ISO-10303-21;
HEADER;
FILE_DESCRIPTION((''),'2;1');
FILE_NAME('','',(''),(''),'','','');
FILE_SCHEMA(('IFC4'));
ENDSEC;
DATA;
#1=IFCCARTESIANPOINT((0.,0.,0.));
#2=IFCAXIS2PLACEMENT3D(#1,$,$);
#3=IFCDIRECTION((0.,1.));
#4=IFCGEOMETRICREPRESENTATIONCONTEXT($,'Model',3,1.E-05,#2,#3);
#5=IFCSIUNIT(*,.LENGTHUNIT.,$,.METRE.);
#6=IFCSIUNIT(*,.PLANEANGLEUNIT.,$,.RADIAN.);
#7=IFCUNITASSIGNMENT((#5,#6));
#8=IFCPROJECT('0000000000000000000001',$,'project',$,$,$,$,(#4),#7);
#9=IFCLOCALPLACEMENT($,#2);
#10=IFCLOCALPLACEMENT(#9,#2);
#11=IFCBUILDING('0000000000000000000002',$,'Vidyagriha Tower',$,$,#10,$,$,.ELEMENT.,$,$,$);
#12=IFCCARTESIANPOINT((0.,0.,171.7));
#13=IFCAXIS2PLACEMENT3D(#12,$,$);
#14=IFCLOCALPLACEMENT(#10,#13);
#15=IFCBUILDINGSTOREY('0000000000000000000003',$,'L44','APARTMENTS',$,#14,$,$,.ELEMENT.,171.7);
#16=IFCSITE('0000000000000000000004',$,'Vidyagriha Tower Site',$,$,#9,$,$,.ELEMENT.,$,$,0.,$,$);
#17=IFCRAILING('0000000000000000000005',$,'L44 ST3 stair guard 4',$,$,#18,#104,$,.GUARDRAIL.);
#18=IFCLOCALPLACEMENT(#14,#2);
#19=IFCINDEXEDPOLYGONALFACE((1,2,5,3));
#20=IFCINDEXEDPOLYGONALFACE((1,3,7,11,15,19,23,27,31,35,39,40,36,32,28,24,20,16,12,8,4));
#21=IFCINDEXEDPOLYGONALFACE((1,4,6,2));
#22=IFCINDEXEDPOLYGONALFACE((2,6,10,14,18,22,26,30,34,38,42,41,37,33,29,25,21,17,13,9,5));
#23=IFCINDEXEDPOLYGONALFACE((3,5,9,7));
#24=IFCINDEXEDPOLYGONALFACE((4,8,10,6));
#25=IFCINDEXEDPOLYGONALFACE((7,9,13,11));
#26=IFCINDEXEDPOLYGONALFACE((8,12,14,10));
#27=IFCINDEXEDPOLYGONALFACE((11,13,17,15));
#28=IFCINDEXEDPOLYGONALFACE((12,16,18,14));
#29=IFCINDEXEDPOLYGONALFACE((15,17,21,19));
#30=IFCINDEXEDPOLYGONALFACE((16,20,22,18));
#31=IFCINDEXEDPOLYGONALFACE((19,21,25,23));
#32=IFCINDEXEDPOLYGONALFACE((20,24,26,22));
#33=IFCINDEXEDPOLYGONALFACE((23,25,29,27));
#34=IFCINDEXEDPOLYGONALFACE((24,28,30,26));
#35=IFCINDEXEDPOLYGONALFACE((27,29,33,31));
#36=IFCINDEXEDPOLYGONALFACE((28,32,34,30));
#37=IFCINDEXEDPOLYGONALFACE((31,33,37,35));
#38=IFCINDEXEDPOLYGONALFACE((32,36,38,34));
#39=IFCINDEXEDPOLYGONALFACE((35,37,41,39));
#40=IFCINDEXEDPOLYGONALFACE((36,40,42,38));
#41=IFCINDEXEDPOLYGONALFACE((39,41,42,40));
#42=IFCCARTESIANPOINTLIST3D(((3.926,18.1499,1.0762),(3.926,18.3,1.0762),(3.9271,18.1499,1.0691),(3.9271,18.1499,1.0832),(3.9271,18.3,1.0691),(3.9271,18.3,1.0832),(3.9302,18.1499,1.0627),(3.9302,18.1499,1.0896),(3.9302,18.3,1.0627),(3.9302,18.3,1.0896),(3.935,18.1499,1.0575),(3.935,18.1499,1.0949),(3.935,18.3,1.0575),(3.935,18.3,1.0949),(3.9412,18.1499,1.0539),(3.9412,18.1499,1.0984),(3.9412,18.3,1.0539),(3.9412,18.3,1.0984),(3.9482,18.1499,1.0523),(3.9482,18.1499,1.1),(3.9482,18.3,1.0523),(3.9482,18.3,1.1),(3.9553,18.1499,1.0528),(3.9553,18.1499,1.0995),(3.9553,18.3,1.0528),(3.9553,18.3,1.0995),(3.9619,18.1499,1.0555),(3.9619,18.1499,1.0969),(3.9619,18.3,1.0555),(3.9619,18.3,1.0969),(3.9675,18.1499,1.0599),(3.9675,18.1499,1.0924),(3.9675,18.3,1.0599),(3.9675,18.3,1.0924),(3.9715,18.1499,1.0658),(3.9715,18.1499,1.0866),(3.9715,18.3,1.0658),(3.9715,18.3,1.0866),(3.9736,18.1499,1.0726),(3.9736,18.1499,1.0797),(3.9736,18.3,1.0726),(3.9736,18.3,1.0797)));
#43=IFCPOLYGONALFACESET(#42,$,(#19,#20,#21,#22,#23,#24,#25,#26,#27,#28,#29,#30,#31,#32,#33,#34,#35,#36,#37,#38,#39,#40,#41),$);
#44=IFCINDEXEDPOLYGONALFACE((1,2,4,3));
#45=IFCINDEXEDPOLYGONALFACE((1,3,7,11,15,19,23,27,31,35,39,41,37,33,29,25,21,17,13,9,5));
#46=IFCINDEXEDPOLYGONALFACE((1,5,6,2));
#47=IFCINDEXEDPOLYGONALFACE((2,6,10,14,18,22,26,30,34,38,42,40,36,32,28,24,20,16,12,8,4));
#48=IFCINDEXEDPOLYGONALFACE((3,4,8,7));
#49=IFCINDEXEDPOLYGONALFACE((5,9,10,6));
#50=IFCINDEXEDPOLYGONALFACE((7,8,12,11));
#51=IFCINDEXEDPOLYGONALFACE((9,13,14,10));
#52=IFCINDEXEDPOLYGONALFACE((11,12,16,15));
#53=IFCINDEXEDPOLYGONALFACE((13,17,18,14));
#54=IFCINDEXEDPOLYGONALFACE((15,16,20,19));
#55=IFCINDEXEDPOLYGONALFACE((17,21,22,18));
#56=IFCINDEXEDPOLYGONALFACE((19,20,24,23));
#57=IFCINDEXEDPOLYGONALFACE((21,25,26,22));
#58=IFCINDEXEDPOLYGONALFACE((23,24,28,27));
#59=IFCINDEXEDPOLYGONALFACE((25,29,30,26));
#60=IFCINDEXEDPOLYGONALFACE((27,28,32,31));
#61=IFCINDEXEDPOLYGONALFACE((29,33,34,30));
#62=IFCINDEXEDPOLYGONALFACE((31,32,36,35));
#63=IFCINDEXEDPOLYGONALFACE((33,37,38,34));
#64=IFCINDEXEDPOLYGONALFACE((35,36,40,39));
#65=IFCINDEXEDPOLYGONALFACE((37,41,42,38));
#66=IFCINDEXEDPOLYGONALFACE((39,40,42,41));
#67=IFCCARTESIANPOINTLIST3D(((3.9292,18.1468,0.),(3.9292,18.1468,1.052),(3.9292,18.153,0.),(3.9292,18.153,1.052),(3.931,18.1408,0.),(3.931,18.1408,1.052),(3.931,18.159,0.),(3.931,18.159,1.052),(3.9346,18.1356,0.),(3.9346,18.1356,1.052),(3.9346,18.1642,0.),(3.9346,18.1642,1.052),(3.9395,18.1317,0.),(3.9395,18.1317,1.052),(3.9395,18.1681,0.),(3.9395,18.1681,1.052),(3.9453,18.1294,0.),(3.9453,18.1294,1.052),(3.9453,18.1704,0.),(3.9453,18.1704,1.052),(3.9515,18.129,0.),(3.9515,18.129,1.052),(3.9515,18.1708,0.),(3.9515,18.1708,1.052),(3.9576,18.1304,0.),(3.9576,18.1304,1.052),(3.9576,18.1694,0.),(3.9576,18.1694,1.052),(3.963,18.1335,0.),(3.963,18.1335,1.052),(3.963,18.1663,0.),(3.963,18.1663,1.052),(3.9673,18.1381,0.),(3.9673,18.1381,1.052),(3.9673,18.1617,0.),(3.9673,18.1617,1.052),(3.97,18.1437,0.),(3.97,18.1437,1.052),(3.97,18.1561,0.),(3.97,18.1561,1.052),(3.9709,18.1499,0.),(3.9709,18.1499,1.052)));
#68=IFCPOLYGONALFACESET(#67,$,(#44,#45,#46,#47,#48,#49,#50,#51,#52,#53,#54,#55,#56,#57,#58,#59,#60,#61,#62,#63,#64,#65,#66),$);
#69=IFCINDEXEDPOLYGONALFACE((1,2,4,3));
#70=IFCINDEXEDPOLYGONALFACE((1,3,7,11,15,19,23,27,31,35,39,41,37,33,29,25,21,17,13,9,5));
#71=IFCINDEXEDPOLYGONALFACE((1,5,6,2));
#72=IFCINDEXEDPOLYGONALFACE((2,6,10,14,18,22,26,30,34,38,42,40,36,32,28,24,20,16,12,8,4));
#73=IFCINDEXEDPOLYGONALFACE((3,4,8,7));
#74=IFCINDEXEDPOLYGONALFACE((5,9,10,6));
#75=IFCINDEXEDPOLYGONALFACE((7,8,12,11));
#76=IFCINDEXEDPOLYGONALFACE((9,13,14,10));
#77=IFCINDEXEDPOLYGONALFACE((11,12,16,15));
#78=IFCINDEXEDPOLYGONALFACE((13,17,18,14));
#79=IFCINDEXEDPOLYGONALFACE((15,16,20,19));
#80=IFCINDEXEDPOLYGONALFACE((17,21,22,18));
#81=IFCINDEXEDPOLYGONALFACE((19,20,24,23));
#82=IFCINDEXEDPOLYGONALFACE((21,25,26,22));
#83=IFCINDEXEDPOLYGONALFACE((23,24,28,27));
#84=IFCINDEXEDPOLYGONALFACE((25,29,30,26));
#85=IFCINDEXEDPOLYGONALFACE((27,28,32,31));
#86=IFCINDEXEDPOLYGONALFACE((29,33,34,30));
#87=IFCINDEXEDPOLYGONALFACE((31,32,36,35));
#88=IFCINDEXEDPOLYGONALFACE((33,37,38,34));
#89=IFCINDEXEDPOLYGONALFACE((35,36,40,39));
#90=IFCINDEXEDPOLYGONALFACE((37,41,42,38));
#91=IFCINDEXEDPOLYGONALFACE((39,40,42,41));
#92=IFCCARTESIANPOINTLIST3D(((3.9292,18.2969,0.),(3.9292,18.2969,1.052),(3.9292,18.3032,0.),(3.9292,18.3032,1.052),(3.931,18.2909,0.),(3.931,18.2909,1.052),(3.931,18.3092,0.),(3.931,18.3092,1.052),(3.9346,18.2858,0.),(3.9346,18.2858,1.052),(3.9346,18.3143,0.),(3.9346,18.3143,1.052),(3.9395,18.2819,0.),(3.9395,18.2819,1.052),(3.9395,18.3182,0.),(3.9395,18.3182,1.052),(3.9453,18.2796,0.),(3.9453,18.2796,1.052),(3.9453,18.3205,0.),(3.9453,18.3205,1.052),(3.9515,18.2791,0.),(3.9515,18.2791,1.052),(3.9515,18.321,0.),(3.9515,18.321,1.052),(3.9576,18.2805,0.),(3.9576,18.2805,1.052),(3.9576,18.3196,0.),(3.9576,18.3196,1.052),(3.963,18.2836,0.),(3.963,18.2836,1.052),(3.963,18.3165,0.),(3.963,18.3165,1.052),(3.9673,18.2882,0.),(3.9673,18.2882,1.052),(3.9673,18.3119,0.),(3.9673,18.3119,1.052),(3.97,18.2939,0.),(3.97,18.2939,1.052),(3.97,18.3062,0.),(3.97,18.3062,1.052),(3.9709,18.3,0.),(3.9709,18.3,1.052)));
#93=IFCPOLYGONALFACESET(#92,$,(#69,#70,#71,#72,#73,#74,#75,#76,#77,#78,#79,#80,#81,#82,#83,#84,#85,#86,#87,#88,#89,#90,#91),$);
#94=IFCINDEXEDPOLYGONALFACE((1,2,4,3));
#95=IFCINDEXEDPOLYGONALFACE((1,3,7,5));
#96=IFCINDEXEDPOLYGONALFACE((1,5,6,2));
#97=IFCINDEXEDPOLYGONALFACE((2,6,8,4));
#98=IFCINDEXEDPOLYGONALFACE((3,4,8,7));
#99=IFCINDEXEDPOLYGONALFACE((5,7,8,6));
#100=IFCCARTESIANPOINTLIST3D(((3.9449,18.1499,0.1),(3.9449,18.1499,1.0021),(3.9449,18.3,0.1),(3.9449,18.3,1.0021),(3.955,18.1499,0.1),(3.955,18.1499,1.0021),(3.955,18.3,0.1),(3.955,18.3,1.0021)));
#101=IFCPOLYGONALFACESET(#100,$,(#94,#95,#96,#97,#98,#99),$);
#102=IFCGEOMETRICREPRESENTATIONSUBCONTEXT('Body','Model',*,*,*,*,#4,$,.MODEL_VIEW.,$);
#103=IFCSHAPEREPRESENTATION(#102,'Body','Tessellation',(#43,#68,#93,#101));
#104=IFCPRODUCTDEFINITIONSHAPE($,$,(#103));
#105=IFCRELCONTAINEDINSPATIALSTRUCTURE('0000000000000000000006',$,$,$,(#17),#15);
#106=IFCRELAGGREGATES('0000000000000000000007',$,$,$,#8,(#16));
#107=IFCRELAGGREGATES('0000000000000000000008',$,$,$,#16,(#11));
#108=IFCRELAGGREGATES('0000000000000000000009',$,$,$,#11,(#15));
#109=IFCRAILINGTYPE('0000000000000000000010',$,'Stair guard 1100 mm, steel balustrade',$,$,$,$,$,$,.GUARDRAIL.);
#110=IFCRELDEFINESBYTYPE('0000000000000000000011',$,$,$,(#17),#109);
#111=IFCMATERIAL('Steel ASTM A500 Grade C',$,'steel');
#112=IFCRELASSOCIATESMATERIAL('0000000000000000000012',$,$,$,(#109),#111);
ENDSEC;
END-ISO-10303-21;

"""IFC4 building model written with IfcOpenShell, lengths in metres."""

from ifc_helpers import new_model, si_unit, direction, frame, origin, origin_2d, place, context, subcontext, project, spatial, rectangle, circle, extrude, material, type_object, element, save


model = new_model("IFC4")

# Units and contexts
model_context = context("Model", 3, precision=1e-05, world=origin(), true_north=direction((0.0, 1.0)))
body_context = subcontext(model_context, "Body", "Model", "MODEL_VIEW")
ifc_project = project(units=[si_unit("LENGTHUNIT", "METRE"), si_unit("PLANEANGLEUNIT", "RADIAN")], contexts=[model_context])

# Site, building, storey
site_placement = place(None, origin())
site = spatial("IfcSite", under=ifc_project, at=site_placement, Name="Vidyagriha Tower Site", CompositionType="ELEMENT", RefElevation=0.0)
building_placement = place(site_placement, origin())
building = spatial("IfcBuilding", under=site, at=building_placement, Name="Vidyagriha Tower", CompositionType="ELEMENT")
storey_placement = place(building_placement, frame((0.0, 0.0, 171.7)))
storey = spatial("IfcBuildingStorey", under=building, at=storey_placement, Name="L44", Description="APARTMENTS", CompositionType="ELEMENT", Elevation=171.7)

# Railing
ifc_material_1 = material(Name="Steel ASTM A500 Grade C", Category="steel")
railing_type_1 = type_object("IfcRailingType", Name="Stair guard 1100 mm, steel balustrade", PredefinedType="GUARDRAIL", material=ifc_material_1)
railing_1_placement = place(storey_placement, frame((3.95, 18.1499, 0.0)))
element("IfcRailing", 1, at=railing_1_placement, inside=storey, type_object=railing_type_1, Name="L44 ST3 stair guard 4", PredefinedType="GUARDRAIL", context=body_context, shape_type="SweptSolid", body=[
    extrude(circle(Radius=0.0239, at=origin_2d()), frame((0.0, 0.0, 1.0762), z_axis=(0.0, 1.0, 0.0), x_axis=(-1.0, 0.0, 0.0)), (0.0, 0.0, 1.0), 0.1501),
    extrude(circle(Radius=0.021, at=origin_2d()), origin(), (0.0, 0.0, 1.0), 1.052),
    extrude(circle(Radius=0.021, at=origin_2d()), frame((0.0, 0.1501, 0.0)), (0.0, 0.0, 1.0), 1.052),
    extrude(rectangle(XDim=0.01, YDim=0.9021, at=origin_2d()), frame((0.0, 0.0, 0.551), z_axis=(0.0, 1.0, 0.0), x_axis=(-1.0, 0.0, 0.0)), (0.0, 0.0, 1.0), 0.1501),
])

save(model, "model.ifc")
